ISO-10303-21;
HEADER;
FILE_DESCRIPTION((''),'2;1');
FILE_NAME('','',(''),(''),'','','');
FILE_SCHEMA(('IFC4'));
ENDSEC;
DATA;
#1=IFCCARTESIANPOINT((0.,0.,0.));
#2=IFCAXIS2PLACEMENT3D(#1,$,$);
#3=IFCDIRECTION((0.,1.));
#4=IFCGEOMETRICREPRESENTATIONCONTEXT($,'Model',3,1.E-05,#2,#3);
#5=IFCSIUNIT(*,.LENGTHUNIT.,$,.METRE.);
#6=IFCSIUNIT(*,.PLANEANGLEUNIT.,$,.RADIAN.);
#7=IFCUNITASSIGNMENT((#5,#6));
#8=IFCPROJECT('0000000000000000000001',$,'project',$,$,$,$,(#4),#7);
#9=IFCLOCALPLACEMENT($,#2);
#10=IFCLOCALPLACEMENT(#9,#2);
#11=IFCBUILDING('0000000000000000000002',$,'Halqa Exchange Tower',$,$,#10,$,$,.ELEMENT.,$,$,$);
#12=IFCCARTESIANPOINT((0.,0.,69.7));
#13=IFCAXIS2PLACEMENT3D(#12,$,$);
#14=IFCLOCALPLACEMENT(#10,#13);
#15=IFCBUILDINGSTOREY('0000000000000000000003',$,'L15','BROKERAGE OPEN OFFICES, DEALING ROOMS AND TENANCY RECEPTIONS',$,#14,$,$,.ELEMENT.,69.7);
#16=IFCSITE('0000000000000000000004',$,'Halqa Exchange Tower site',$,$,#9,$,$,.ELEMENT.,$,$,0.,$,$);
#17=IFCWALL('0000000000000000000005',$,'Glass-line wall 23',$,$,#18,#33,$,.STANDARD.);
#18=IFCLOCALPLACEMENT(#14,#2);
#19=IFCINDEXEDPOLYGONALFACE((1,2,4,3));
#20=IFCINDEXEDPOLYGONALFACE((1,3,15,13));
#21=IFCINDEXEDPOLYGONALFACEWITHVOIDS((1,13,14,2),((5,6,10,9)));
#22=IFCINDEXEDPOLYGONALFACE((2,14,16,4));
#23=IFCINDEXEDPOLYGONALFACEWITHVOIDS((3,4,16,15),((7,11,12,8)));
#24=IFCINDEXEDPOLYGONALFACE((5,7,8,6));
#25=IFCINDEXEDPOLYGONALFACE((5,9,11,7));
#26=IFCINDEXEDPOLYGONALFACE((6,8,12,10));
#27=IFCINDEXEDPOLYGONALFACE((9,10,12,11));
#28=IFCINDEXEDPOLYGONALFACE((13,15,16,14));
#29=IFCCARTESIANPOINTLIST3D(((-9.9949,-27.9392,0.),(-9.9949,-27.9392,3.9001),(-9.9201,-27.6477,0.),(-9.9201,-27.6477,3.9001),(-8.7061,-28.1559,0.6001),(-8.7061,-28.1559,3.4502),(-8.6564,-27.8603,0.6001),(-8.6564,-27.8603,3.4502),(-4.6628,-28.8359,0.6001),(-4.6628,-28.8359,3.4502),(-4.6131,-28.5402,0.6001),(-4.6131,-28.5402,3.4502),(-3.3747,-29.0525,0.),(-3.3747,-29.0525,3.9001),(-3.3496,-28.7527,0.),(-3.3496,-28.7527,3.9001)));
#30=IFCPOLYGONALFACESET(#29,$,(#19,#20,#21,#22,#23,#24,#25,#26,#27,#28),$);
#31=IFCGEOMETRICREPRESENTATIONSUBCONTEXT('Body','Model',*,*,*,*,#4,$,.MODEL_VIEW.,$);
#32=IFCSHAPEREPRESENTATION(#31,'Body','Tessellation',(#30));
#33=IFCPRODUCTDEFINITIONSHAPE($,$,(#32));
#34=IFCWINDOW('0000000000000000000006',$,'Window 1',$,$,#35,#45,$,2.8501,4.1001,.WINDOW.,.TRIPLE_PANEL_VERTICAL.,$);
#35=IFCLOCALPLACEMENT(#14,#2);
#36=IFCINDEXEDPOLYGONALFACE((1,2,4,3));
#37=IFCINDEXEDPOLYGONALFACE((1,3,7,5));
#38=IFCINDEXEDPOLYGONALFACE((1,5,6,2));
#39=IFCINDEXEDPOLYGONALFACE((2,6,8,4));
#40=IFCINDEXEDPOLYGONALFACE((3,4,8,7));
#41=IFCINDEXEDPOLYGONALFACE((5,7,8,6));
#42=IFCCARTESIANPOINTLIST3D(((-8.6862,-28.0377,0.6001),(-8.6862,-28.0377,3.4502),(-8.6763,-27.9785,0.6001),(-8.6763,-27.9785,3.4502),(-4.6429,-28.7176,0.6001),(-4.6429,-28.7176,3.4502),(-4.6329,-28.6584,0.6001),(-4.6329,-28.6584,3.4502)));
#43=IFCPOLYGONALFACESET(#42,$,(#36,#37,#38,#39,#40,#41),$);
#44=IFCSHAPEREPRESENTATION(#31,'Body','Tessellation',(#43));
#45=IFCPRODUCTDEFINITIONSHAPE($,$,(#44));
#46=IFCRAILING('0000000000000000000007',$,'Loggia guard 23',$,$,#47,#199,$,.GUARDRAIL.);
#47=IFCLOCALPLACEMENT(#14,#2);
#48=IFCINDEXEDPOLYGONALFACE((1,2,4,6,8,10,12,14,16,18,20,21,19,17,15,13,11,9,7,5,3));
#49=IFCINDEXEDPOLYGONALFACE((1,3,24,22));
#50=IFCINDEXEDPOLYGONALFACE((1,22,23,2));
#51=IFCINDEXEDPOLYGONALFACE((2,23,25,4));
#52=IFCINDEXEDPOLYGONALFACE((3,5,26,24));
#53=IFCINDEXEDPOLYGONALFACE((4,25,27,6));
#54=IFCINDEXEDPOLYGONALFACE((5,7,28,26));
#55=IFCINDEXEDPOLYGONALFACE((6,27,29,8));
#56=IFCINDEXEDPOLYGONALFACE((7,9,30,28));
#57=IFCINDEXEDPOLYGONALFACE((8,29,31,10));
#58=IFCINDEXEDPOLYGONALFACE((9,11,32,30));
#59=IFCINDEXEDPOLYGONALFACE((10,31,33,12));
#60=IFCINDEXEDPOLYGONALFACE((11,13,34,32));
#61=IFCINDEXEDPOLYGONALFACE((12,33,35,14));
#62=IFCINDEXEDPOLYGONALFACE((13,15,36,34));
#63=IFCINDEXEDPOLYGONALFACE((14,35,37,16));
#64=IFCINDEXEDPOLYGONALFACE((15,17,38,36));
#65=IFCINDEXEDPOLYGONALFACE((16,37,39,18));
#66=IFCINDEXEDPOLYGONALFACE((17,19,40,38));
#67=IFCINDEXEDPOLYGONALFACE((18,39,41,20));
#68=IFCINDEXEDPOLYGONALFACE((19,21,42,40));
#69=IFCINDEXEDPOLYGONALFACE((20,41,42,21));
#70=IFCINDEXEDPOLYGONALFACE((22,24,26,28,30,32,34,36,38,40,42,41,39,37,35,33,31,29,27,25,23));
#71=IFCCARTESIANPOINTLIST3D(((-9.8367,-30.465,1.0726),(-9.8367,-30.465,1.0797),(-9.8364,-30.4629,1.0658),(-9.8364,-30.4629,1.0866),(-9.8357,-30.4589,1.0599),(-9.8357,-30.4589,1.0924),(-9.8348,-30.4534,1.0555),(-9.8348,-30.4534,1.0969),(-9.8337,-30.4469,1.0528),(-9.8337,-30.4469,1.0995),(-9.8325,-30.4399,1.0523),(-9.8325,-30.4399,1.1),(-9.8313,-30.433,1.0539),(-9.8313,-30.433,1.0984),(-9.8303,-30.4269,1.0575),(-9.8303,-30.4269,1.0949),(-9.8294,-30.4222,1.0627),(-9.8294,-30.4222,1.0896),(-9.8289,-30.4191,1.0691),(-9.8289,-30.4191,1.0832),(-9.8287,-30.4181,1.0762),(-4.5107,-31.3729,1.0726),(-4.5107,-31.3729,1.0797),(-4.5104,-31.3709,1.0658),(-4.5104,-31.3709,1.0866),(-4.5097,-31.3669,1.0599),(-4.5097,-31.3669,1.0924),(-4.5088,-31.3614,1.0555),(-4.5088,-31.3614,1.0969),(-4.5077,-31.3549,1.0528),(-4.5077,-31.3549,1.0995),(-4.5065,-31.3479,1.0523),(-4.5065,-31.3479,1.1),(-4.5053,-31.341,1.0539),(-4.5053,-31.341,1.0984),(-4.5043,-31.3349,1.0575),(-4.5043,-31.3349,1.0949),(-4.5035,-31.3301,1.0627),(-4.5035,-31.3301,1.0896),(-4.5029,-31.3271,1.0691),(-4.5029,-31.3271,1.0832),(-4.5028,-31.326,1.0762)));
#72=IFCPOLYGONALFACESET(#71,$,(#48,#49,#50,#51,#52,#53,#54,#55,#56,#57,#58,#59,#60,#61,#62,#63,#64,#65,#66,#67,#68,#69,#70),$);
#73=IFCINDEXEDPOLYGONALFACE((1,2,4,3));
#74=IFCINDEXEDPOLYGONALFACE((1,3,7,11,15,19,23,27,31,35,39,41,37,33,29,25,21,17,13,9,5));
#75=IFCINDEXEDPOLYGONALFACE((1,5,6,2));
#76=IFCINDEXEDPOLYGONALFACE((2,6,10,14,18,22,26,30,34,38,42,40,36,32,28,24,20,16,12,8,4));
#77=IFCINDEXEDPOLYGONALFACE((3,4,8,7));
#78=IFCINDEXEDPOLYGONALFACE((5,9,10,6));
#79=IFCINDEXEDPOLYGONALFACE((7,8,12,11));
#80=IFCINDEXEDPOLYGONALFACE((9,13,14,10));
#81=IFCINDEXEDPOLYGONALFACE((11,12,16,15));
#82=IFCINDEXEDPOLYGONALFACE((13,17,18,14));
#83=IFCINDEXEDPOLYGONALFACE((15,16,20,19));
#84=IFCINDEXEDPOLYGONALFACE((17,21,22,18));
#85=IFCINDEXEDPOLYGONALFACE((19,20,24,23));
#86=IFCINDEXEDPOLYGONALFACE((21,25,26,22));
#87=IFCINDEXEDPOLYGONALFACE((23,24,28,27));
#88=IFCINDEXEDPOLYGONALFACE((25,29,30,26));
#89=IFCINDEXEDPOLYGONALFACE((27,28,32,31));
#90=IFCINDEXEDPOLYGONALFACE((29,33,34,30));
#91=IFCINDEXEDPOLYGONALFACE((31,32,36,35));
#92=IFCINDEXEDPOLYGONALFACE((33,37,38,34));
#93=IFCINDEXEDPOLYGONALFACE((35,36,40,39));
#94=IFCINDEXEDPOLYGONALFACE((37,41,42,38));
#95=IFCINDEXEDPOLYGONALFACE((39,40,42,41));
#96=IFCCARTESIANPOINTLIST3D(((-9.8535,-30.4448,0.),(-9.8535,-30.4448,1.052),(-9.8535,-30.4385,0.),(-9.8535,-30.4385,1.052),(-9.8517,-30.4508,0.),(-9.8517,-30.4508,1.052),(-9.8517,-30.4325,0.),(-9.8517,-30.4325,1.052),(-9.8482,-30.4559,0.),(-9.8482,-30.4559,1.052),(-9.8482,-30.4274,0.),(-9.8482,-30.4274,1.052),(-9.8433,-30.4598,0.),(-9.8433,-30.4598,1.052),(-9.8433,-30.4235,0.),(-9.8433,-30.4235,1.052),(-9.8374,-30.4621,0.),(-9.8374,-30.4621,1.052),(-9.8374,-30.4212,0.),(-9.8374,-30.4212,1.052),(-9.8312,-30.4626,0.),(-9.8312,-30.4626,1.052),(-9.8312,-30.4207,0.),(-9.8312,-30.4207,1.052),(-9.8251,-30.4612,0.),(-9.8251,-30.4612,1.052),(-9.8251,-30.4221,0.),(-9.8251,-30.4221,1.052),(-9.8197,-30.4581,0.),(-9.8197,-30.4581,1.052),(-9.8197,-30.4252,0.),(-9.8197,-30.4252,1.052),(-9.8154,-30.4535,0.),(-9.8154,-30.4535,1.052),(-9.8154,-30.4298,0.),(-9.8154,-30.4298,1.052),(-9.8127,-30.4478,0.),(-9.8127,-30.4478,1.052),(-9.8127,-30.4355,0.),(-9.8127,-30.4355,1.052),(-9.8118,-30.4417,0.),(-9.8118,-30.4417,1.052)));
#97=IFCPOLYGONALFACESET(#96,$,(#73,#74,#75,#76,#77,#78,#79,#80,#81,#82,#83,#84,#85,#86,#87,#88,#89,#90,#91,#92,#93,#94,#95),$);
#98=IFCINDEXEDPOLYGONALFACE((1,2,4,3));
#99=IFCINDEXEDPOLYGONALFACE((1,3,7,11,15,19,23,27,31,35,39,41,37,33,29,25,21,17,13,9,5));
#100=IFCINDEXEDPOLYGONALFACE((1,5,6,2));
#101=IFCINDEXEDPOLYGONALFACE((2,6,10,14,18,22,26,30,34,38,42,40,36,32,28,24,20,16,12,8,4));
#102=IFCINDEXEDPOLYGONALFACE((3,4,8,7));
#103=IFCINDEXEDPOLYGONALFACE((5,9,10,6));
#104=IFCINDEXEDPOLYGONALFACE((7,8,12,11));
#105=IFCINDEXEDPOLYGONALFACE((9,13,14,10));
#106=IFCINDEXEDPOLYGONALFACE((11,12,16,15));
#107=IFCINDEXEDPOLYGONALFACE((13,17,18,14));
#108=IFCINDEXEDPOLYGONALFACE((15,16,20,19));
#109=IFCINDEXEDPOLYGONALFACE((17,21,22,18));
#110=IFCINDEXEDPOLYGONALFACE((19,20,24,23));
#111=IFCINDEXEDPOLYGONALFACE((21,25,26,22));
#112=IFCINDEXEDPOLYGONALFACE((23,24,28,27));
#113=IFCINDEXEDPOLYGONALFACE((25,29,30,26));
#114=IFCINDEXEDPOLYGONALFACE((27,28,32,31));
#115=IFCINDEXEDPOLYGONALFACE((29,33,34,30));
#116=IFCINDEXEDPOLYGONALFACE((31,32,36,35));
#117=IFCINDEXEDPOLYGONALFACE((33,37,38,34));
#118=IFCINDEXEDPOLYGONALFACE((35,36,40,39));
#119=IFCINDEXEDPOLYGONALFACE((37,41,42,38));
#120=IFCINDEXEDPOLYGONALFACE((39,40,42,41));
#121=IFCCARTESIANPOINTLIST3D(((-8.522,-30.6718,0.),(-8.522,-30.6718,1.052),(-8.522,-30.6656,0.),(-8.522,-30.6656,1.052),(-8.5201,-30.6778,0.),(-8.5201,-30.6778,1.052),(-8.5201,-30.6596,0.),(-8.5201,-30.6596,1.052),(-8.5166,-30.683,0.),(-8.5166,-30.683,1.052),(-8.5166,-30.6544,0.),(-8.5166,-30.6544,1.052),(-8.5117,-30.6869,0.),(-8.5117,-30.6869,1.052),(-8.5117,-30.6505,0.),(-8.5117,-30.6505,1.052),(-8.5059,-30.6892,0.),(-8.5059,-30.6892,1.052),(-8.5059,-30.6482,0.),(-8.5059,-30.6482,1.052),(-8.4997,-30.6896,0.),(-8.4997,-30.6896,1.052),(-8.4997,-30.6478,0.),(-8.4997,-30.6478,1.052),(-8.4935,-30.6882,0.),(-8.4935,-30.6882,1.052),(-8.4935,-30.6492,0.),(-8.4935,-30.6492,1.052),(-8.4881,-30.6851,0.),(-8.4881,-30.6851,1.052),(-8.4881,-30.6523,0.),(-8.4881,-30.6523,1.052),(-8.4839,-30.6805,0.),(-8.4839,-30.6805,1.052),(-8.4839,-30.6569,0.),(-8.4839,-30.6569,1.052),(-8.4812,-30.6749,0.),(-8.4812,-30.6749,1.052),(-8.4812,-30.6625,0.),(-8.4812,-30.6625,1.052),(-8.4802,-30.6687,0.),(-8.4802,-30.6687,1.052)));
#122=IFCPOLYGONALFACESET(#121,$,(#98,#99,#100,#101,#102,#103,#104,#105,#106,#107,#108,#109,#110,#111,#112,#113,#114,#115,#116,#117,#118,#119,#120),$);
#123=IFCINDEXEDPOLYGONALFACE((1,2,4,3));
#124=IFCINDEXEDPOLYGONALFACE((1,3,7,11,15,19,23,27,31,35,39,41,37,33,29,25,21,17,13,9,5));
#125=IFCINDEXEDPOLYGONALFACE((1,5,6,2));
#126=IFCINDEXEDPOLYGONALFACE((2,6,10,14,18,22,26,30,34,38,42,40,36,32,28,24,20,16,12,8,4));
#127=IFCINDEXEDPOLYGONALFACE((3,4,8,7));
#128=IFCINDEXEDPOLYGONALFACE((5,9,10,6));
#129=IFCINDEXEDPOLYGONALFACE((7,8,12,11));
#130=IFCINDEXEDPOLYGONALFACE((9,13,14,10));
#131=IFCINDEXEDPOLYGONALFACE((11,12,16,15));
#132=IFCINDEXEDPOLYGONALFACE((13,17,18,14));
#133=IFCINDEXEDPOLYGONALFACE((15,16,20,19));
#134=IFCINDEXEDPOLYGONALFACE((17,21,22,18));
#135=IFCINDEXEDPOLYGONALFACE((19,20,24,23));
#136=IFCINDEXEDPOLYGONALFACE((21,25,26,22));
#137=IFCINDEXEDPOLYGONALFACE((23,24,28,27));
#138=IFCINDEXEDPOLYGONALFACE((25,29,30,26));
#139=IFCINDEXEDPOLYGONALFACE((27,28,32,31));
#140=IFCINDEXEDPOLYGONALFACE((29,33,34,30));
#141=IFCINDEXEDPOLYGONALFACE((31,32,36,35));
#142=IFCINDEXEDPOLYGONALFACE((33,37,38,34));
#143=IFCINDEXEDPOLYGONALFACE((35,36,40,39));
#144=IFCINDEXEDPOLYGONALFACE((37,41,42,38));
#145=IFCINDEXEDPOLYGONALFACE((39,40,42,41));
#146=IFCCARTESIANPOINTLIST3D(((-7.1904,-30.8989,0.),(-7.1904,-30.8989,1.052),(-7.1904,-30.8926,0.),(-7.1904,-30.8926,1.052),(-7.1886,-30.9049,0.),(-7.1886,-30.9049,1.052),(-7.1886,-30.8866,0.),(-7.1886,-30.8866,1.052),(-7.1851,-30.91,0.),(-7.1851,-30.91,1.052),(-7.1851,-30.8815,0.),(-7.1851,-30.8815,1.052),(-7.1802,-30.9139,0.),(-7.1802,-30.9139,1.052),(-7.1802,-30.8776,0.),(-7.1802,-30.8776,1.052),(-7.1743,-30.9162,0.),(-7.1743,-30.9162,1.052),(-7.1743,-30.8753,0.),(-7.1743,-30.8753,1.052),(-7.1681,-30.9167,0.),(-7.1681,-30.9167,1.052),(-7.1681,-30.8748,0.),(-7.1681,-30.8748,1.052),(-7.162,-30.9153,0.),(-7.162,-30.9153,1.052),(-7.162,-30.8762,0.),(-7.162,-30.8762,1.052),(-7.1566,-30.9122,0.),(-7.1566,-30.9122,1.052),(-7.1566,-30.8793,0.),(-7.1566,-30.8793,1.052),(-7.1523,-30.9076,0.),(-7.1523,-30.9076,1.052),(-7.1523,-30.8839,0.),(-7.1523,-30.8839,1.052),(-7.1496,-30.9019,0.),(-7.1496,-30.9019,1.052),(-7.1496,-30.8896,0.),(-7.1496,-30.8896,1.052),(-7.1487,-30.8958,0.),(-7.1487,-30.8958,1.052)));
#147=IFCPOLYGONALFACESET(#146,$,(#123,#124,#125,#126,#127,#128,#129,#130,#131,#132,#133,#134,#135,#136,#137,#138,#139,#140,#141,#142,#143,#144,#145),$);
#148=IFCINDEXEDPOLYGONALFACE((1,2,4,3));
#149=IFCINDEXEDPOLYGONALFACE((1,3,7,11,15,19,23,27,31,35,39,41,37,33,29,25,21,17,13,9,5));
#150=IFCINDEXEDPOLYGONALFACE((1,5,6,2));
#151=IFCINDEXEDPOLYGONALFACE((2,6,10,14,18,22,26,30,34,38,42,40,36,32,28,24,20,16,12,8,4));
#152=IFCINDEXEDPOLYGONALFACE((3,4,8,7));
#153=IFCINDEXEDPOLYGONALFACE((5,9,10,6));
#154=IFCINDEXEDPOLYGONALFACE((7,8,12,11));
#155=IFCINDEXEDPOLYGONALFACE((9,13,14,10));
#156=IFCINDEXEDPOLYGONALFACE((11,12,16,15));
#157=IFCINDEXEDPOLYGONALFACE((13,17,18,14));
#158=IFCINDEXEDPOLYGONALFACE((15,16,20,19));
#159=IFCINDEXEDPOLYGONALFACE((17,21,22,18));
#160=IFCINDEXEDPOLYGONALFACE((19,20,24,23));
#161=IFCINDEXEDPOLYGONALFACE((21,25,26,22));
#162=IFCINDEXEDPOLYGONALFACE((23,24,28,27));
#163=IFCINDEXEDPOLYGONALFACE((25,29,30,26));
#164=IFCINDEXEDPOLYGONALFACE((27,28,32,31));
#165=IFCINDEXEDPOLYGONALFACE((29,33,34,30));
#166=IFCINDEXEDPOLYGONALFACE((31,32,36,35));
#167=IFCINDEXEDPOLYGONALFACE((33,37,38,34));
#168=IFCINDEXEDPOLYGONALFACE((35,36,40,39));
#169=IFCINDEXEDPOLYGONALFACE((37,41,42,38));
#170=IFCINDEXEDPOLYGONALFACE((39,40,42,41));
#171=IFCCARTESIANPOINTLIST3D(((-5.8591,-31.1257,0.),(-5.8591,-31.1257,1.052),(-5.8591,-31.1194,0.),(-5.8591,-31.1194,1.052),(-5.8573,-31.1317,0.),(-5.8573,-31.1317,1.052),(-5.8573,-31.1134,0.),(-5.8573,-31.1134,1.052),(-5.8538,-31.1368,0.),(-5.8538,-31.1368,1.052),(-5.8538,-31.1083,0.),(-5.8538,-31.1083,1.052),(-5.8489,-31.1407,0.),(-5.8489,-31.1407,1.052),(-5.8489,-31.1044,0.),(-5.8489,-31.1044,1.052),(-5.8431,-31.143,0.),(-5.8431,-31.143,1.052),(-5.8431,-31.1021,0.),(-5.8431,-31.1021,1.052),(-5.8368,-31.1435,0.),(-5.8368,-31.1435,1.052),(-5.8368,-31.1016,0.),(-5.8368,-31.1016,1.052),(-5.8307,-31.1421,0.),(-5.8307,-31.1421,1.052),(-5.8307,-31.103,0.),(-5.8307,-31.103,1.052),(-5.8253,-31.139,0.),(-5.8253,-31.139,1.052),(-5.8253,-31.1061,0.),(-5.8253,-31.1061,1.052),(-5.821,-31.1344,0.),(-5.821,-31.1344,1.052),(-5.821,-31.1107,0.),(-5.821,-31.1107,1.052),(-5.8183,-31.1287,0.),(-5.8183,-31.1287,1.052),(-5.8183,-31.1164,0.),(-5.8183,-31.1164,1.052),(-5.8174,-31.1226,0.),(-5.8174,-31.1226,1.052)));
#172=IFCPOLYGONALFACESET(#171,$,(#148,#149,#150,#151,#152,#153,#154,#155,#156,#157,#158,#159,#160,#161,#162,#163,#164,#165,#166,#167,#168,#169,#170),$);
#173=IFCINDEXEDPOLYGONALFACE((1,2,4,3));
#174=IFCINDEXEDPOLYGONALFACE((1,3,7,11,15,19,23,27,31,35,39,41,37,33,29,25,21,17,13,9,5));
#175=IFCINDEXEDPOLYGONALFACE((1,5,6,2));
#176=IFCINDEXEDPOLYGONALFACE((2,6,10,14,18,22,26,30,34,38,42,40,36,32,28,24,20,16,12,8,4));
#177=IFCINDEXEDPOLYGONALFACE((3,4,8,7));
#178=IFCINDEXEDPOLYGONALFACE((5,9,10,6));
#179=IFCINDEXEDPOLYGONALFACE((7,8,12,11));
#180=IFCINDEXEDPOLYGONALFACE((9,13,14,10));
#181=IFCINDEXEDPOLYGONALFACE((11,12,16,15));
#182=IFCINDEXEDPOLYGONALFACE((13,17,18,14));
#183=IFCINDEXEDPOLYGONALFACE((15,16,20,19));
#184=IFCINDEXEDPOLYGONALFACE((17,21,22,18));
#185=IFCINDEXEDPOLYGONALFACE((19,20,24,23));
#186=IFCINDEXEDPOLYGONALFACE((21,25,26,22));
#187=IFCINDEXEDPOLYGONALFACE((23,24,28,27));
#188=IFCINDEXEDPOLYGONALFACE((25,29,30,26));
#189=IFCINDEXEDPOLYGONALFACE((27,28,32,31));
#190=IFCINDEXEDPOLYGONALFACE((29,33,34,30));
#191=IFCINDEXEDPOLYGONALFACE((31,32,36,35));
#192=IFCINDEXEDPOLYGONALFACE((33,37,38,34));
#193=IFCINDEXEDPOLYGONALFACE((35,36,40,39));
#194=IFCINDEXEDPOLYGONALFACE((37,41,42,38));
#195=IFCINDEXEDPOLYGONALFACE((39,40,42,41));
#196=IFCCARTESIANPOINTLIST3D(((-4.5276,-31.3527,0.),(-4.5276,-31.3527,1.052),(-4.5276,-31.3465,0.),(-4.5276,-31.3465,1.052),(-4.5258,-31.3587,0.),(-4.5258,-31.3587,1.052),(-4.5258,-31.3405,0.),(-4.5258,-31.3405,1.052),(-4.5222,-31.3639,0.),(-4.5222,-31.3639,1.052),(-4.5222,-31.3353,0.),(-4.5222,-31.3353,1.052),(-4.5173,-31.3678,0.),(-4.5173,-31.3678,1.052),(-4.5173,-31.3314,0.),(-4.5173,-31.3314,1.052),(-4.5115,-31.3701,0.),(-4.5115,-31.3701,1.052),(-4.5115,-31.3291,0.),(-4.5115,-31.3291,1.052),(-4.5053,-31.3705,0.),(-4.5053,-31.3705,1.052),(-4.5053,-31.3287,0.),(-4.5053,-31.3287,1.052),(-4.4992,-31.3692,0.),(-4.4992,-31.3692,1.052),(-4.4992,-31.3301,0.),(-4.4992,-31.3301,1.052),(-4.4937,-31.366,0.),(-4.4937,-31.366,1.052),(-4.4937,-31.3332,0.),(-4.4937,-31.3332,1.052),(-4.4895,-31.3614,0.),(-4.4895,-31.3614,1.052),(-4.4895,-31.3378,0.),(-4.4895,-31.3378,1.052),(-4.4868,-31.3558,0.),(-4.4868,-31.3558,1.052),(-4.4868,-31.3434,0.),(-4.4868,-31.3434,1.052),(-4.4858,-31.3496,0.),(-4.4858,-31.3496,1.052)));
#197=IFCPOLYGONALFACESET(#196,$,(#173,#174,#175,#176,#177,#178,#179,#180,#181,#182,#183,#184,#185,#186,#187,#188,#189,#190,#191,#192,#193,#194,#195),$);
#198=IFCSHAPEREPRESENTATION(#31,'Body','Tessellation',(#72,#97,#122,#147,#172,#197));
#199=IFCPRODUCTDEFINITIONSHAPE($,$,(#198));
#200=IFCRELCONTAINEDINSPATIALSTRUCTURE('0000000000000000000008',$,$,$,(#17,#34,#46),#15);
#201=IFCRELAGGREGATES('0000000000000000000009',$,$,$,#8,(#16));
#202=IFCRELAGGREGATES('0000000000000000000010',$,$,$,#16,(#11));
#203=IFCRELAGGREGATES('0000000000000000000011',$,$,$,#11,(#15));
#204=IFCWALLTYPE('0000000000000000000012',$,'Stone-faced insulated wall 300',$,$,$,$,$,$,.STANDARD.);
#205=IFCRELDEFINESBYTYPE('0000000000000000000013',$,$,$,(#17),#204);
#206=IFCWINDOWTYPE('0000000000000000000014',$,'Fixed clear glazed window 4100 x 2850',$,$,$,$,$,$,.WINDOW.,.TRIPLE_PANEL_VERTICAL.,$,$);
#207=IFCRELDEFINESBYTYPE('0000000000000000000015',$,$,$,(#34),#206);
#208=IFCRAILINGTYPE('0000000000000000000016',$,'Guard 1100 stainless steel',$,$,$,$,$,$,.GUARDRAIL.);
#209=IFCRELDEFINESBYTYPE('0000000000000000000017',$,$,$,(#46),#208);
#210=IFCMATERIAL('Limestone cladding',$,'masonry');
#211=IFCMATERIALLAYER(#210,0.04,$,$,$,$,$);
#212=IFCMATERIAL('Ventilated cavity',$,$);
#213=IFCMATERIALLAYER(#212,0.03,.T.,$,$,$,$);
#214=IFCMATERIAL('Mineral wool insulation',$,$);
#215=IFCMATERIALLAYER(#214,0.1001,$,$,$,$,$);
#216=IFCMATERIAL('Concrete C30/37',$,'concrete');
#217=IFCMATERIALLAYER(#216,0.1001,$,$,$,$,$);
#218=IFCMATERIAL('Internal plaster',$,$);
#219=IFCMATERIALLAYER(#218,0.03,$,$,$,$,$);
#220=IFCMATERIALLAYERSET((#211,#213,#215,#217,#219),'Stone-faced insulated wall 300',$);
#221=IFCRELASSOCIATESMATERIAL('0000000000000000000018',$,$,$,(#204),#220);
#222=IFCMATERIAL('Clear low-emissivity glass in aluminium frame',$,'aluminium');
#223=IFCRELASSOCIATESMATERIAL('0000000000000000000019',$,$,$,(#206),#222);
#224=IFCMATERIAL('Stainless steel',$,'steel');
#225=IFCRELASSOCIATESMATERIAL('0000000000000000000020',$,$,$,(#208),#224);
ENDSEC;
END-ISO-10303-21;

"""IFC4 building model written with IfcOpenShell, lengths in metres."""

from ifc_helpers import new_model, si_unit, direction, frame, frame_2d, origin, origin_2d, place, context, subcontext, project, spatial, polyline, rectangle, circle, outline, extrude, material, layer, layer_set, type_object, element, fill, save


model = new_model("IFC4")

# Units and contexts
model_context = context("Model", 3, precision=1e-05, world=origin(), true_north=direction((0.0, 1.0)))
body_context = subcontext(model_context, "Body", "Model", "MODEL_VIEW")
ifc_project = project(units=[si_unit("LENGTHUNIT", "METRE"), si_unit("PLANEANGLEUNIT", "RADIAN")], contexts=[model_context])

# Site, building, storey
site_placement = place(None, origin())
site = spatial("IfcSite", under=ifc_project, at=site_placement, Name="Halqa Exchange Tower site", CompositionType="ELEMENT", RefElevation=0.0)
building_placement = place(site_placement, origin())
building = spatial("IfcBuilding", under=site, at=building_placement, Name="Halqa Exchange Tower", CompositionType="ELEMENT")
storey_placement = place(building_placement, frame((0.0, 0.0, 69.7)))
storey = spatial("IfcBuildingStorey", under=building, at=storey_placement, Name="L15", Description="BROKERAGE OPEN OFFICES, DEALING ROOMS AND TENANCY RECEPTIONS", CompositionType="ELEMENT", Elevation=69.7)

# Shared definitions
ifc_material_1 = material(Name="Concrete C30/37", Category="concrete")

# Wall, opening, window
ifc_material_2 = material(Name="Limestone cladding", Category="masonry")
ifc_layer_1 = layer(ifc_material_2, 0.04)
ifc_material_3 = material(Name="Ventilated cavity")
ifc_layer_2 = layer(ifc_material_3, 0.03, ventilated=True)
ifc_material_4 = material(Name="Mineral wool insulation")
ifc_layer_3 = layer(ifc_material_4, 0.1001)
ifc_layer_4 = layer(ifc_material_1, 0.1001)
ifc_material_5 = material(Name="Internal plaster")
ifc_layer_5 = layer(ifc_material_5, 0.03)
ifc_layer_set_1 = layer_set([ifc_layer_1, ifc_layer_2, ifc_layer_3, ifc_layer_4, ifc_layer_5], Name="Stone-faced insulated wall 300")
wall_type_1 = type_object("IfcWallType", Name="Stone-faced insulated wall 300", PredefinedType="STANDARD", material=ifc_layer_set_1)
wall_1_placement = place(storey_placement, frame((-9.9575, -27.7935, 0.0), z_axis=(0.0, 0.0, 1.0), x_axis=(0.986153, -0.165837, 0.0)))
wall_1 = element("IfcWall", 1, at=wall_1_placement, inside=storey, type_object=wall_type_1, Name="Glass-line wall 23", PredefinedType="STANDARD", context=body_context, shape_type="SweptSolid", body=[
    extrude(outline(polyline([(-0.0127, -0.1499), (6.7004, -0.1499), (6.6755, 0.1499), (0.0127, 0.1499), (-0.0127, -0.1499)])), origin(), (0.0, 0.0, 1.0), 3.9001),
])
opening_1_placement = place(wall_1_placement, frame((1.2942, 0.0, 0.6001)))
opening_1 = element("IfcOpeningElement", 2, at=opening_1_placement, cuts=wall_1, PredefinedType="OPENING", context=body_context, shape_type="SweptSolid", body=[
    extrude(rectangle(XDim=4.1001, YDim=2.8501, at=frame_2d((2.05, 1.425))), frame((0.0, 0.1621, 0.0), z_axis=(0.0, -1.0, 0.0), x_axis=(1.0, 0.0, 0.0)), (0.0, 0.0, 1.0), 0.324),
])
ifc_material_6 = material(Name="Clear low-emissivity glass in aluminium frame", Category="aluminium")
window_type = type_object("IfcWindowType", Name="Fixed clear glazed window 4100 x 2850", PartitioningType="TRIPLE_PANEL_VERTICAL", PredefinedType="WINDOW", material=ifc_material_6)
window_placement = place(opening_1_placement, origin())
window = element("IfcWindow", 3, at=window_placement, inside=storey, type_object=window_type, Name="Window 1", OverallHeight=2.8501, OverallWidth=4.1001, PartitioningType="TRIPLE_PANEL_VERTICAL", PredefinedType="WINDOW", context=body_context, shape_type="SweptSolid", body=[
    extrude(rectangle(XDim=4.1001, YDim=2.8501, at=frame_2d((2.05, 1.425))), frame((0.0, 0.03, 0.0), z_axis=(0.0, -1.0, 0.0), x_axis=(1.0, 0.0, 0.0)), (0.0, 0.0, 1.0), 0.0601),
])
fill(opening_1, window)

# Railing
ifc_material_7 = material(Name="Stainless steel", Category="steel")
railing_type = type_object("IfcRailingType", Name="Guard 1100 stainless steel", PredefinedType="GUARDRAIL", material=ifc_material_7)
railing_1_placement = place(storey_placement, frame((-9.8328, -30.4417, 0.0)))
element("IfcRailing", 4, at=railing_1_placement, inside=storey, type_object=railing_type, Name="Loggia guard 23", PredefinedType="GUARDRAIL", context=body_context, shape_type="SweptSolid", body=[
    extrude(circle(Radius=0.0239, at=origin_2d()), frame((0.0, 0.0, 1.0762), z_axis=(0.985778, -0.168054, 0.0), x_axis=(0.168054, 0.985778, 0.0)), (0.0, 0.0, 1.0), 5.4028),
    extrude(circle(Radius=0.021, at=origin_2d()), origin(), (0.0, 0.0, 1.0), 1.052),
    extrude(circle(Radius=0.021, at=origin_2d()), frame((1.3315, -0.2271, 0.0)), (0.0, 0.0, 1.0), 1.052),
    extrude(circle(Radius=0.021, at=origin_2d()), frame((2.6631, -0.4541, 0.0)), (0.0, 0.0, 1.0), 1.052),
    extrude(circle(Radius=0.021, at=origin_2d()), frame((3.9944, -0.6809, 0.0)), (0.0, 0.0, 1.0), 1.052),
    extrude(circle(Radius=0.021, at=origin_2d()), frame((5.3259, -0.908, 0.0)), (0.0, 0.0, 1.0), 1.052),
])

save(model, "model.ifc")
